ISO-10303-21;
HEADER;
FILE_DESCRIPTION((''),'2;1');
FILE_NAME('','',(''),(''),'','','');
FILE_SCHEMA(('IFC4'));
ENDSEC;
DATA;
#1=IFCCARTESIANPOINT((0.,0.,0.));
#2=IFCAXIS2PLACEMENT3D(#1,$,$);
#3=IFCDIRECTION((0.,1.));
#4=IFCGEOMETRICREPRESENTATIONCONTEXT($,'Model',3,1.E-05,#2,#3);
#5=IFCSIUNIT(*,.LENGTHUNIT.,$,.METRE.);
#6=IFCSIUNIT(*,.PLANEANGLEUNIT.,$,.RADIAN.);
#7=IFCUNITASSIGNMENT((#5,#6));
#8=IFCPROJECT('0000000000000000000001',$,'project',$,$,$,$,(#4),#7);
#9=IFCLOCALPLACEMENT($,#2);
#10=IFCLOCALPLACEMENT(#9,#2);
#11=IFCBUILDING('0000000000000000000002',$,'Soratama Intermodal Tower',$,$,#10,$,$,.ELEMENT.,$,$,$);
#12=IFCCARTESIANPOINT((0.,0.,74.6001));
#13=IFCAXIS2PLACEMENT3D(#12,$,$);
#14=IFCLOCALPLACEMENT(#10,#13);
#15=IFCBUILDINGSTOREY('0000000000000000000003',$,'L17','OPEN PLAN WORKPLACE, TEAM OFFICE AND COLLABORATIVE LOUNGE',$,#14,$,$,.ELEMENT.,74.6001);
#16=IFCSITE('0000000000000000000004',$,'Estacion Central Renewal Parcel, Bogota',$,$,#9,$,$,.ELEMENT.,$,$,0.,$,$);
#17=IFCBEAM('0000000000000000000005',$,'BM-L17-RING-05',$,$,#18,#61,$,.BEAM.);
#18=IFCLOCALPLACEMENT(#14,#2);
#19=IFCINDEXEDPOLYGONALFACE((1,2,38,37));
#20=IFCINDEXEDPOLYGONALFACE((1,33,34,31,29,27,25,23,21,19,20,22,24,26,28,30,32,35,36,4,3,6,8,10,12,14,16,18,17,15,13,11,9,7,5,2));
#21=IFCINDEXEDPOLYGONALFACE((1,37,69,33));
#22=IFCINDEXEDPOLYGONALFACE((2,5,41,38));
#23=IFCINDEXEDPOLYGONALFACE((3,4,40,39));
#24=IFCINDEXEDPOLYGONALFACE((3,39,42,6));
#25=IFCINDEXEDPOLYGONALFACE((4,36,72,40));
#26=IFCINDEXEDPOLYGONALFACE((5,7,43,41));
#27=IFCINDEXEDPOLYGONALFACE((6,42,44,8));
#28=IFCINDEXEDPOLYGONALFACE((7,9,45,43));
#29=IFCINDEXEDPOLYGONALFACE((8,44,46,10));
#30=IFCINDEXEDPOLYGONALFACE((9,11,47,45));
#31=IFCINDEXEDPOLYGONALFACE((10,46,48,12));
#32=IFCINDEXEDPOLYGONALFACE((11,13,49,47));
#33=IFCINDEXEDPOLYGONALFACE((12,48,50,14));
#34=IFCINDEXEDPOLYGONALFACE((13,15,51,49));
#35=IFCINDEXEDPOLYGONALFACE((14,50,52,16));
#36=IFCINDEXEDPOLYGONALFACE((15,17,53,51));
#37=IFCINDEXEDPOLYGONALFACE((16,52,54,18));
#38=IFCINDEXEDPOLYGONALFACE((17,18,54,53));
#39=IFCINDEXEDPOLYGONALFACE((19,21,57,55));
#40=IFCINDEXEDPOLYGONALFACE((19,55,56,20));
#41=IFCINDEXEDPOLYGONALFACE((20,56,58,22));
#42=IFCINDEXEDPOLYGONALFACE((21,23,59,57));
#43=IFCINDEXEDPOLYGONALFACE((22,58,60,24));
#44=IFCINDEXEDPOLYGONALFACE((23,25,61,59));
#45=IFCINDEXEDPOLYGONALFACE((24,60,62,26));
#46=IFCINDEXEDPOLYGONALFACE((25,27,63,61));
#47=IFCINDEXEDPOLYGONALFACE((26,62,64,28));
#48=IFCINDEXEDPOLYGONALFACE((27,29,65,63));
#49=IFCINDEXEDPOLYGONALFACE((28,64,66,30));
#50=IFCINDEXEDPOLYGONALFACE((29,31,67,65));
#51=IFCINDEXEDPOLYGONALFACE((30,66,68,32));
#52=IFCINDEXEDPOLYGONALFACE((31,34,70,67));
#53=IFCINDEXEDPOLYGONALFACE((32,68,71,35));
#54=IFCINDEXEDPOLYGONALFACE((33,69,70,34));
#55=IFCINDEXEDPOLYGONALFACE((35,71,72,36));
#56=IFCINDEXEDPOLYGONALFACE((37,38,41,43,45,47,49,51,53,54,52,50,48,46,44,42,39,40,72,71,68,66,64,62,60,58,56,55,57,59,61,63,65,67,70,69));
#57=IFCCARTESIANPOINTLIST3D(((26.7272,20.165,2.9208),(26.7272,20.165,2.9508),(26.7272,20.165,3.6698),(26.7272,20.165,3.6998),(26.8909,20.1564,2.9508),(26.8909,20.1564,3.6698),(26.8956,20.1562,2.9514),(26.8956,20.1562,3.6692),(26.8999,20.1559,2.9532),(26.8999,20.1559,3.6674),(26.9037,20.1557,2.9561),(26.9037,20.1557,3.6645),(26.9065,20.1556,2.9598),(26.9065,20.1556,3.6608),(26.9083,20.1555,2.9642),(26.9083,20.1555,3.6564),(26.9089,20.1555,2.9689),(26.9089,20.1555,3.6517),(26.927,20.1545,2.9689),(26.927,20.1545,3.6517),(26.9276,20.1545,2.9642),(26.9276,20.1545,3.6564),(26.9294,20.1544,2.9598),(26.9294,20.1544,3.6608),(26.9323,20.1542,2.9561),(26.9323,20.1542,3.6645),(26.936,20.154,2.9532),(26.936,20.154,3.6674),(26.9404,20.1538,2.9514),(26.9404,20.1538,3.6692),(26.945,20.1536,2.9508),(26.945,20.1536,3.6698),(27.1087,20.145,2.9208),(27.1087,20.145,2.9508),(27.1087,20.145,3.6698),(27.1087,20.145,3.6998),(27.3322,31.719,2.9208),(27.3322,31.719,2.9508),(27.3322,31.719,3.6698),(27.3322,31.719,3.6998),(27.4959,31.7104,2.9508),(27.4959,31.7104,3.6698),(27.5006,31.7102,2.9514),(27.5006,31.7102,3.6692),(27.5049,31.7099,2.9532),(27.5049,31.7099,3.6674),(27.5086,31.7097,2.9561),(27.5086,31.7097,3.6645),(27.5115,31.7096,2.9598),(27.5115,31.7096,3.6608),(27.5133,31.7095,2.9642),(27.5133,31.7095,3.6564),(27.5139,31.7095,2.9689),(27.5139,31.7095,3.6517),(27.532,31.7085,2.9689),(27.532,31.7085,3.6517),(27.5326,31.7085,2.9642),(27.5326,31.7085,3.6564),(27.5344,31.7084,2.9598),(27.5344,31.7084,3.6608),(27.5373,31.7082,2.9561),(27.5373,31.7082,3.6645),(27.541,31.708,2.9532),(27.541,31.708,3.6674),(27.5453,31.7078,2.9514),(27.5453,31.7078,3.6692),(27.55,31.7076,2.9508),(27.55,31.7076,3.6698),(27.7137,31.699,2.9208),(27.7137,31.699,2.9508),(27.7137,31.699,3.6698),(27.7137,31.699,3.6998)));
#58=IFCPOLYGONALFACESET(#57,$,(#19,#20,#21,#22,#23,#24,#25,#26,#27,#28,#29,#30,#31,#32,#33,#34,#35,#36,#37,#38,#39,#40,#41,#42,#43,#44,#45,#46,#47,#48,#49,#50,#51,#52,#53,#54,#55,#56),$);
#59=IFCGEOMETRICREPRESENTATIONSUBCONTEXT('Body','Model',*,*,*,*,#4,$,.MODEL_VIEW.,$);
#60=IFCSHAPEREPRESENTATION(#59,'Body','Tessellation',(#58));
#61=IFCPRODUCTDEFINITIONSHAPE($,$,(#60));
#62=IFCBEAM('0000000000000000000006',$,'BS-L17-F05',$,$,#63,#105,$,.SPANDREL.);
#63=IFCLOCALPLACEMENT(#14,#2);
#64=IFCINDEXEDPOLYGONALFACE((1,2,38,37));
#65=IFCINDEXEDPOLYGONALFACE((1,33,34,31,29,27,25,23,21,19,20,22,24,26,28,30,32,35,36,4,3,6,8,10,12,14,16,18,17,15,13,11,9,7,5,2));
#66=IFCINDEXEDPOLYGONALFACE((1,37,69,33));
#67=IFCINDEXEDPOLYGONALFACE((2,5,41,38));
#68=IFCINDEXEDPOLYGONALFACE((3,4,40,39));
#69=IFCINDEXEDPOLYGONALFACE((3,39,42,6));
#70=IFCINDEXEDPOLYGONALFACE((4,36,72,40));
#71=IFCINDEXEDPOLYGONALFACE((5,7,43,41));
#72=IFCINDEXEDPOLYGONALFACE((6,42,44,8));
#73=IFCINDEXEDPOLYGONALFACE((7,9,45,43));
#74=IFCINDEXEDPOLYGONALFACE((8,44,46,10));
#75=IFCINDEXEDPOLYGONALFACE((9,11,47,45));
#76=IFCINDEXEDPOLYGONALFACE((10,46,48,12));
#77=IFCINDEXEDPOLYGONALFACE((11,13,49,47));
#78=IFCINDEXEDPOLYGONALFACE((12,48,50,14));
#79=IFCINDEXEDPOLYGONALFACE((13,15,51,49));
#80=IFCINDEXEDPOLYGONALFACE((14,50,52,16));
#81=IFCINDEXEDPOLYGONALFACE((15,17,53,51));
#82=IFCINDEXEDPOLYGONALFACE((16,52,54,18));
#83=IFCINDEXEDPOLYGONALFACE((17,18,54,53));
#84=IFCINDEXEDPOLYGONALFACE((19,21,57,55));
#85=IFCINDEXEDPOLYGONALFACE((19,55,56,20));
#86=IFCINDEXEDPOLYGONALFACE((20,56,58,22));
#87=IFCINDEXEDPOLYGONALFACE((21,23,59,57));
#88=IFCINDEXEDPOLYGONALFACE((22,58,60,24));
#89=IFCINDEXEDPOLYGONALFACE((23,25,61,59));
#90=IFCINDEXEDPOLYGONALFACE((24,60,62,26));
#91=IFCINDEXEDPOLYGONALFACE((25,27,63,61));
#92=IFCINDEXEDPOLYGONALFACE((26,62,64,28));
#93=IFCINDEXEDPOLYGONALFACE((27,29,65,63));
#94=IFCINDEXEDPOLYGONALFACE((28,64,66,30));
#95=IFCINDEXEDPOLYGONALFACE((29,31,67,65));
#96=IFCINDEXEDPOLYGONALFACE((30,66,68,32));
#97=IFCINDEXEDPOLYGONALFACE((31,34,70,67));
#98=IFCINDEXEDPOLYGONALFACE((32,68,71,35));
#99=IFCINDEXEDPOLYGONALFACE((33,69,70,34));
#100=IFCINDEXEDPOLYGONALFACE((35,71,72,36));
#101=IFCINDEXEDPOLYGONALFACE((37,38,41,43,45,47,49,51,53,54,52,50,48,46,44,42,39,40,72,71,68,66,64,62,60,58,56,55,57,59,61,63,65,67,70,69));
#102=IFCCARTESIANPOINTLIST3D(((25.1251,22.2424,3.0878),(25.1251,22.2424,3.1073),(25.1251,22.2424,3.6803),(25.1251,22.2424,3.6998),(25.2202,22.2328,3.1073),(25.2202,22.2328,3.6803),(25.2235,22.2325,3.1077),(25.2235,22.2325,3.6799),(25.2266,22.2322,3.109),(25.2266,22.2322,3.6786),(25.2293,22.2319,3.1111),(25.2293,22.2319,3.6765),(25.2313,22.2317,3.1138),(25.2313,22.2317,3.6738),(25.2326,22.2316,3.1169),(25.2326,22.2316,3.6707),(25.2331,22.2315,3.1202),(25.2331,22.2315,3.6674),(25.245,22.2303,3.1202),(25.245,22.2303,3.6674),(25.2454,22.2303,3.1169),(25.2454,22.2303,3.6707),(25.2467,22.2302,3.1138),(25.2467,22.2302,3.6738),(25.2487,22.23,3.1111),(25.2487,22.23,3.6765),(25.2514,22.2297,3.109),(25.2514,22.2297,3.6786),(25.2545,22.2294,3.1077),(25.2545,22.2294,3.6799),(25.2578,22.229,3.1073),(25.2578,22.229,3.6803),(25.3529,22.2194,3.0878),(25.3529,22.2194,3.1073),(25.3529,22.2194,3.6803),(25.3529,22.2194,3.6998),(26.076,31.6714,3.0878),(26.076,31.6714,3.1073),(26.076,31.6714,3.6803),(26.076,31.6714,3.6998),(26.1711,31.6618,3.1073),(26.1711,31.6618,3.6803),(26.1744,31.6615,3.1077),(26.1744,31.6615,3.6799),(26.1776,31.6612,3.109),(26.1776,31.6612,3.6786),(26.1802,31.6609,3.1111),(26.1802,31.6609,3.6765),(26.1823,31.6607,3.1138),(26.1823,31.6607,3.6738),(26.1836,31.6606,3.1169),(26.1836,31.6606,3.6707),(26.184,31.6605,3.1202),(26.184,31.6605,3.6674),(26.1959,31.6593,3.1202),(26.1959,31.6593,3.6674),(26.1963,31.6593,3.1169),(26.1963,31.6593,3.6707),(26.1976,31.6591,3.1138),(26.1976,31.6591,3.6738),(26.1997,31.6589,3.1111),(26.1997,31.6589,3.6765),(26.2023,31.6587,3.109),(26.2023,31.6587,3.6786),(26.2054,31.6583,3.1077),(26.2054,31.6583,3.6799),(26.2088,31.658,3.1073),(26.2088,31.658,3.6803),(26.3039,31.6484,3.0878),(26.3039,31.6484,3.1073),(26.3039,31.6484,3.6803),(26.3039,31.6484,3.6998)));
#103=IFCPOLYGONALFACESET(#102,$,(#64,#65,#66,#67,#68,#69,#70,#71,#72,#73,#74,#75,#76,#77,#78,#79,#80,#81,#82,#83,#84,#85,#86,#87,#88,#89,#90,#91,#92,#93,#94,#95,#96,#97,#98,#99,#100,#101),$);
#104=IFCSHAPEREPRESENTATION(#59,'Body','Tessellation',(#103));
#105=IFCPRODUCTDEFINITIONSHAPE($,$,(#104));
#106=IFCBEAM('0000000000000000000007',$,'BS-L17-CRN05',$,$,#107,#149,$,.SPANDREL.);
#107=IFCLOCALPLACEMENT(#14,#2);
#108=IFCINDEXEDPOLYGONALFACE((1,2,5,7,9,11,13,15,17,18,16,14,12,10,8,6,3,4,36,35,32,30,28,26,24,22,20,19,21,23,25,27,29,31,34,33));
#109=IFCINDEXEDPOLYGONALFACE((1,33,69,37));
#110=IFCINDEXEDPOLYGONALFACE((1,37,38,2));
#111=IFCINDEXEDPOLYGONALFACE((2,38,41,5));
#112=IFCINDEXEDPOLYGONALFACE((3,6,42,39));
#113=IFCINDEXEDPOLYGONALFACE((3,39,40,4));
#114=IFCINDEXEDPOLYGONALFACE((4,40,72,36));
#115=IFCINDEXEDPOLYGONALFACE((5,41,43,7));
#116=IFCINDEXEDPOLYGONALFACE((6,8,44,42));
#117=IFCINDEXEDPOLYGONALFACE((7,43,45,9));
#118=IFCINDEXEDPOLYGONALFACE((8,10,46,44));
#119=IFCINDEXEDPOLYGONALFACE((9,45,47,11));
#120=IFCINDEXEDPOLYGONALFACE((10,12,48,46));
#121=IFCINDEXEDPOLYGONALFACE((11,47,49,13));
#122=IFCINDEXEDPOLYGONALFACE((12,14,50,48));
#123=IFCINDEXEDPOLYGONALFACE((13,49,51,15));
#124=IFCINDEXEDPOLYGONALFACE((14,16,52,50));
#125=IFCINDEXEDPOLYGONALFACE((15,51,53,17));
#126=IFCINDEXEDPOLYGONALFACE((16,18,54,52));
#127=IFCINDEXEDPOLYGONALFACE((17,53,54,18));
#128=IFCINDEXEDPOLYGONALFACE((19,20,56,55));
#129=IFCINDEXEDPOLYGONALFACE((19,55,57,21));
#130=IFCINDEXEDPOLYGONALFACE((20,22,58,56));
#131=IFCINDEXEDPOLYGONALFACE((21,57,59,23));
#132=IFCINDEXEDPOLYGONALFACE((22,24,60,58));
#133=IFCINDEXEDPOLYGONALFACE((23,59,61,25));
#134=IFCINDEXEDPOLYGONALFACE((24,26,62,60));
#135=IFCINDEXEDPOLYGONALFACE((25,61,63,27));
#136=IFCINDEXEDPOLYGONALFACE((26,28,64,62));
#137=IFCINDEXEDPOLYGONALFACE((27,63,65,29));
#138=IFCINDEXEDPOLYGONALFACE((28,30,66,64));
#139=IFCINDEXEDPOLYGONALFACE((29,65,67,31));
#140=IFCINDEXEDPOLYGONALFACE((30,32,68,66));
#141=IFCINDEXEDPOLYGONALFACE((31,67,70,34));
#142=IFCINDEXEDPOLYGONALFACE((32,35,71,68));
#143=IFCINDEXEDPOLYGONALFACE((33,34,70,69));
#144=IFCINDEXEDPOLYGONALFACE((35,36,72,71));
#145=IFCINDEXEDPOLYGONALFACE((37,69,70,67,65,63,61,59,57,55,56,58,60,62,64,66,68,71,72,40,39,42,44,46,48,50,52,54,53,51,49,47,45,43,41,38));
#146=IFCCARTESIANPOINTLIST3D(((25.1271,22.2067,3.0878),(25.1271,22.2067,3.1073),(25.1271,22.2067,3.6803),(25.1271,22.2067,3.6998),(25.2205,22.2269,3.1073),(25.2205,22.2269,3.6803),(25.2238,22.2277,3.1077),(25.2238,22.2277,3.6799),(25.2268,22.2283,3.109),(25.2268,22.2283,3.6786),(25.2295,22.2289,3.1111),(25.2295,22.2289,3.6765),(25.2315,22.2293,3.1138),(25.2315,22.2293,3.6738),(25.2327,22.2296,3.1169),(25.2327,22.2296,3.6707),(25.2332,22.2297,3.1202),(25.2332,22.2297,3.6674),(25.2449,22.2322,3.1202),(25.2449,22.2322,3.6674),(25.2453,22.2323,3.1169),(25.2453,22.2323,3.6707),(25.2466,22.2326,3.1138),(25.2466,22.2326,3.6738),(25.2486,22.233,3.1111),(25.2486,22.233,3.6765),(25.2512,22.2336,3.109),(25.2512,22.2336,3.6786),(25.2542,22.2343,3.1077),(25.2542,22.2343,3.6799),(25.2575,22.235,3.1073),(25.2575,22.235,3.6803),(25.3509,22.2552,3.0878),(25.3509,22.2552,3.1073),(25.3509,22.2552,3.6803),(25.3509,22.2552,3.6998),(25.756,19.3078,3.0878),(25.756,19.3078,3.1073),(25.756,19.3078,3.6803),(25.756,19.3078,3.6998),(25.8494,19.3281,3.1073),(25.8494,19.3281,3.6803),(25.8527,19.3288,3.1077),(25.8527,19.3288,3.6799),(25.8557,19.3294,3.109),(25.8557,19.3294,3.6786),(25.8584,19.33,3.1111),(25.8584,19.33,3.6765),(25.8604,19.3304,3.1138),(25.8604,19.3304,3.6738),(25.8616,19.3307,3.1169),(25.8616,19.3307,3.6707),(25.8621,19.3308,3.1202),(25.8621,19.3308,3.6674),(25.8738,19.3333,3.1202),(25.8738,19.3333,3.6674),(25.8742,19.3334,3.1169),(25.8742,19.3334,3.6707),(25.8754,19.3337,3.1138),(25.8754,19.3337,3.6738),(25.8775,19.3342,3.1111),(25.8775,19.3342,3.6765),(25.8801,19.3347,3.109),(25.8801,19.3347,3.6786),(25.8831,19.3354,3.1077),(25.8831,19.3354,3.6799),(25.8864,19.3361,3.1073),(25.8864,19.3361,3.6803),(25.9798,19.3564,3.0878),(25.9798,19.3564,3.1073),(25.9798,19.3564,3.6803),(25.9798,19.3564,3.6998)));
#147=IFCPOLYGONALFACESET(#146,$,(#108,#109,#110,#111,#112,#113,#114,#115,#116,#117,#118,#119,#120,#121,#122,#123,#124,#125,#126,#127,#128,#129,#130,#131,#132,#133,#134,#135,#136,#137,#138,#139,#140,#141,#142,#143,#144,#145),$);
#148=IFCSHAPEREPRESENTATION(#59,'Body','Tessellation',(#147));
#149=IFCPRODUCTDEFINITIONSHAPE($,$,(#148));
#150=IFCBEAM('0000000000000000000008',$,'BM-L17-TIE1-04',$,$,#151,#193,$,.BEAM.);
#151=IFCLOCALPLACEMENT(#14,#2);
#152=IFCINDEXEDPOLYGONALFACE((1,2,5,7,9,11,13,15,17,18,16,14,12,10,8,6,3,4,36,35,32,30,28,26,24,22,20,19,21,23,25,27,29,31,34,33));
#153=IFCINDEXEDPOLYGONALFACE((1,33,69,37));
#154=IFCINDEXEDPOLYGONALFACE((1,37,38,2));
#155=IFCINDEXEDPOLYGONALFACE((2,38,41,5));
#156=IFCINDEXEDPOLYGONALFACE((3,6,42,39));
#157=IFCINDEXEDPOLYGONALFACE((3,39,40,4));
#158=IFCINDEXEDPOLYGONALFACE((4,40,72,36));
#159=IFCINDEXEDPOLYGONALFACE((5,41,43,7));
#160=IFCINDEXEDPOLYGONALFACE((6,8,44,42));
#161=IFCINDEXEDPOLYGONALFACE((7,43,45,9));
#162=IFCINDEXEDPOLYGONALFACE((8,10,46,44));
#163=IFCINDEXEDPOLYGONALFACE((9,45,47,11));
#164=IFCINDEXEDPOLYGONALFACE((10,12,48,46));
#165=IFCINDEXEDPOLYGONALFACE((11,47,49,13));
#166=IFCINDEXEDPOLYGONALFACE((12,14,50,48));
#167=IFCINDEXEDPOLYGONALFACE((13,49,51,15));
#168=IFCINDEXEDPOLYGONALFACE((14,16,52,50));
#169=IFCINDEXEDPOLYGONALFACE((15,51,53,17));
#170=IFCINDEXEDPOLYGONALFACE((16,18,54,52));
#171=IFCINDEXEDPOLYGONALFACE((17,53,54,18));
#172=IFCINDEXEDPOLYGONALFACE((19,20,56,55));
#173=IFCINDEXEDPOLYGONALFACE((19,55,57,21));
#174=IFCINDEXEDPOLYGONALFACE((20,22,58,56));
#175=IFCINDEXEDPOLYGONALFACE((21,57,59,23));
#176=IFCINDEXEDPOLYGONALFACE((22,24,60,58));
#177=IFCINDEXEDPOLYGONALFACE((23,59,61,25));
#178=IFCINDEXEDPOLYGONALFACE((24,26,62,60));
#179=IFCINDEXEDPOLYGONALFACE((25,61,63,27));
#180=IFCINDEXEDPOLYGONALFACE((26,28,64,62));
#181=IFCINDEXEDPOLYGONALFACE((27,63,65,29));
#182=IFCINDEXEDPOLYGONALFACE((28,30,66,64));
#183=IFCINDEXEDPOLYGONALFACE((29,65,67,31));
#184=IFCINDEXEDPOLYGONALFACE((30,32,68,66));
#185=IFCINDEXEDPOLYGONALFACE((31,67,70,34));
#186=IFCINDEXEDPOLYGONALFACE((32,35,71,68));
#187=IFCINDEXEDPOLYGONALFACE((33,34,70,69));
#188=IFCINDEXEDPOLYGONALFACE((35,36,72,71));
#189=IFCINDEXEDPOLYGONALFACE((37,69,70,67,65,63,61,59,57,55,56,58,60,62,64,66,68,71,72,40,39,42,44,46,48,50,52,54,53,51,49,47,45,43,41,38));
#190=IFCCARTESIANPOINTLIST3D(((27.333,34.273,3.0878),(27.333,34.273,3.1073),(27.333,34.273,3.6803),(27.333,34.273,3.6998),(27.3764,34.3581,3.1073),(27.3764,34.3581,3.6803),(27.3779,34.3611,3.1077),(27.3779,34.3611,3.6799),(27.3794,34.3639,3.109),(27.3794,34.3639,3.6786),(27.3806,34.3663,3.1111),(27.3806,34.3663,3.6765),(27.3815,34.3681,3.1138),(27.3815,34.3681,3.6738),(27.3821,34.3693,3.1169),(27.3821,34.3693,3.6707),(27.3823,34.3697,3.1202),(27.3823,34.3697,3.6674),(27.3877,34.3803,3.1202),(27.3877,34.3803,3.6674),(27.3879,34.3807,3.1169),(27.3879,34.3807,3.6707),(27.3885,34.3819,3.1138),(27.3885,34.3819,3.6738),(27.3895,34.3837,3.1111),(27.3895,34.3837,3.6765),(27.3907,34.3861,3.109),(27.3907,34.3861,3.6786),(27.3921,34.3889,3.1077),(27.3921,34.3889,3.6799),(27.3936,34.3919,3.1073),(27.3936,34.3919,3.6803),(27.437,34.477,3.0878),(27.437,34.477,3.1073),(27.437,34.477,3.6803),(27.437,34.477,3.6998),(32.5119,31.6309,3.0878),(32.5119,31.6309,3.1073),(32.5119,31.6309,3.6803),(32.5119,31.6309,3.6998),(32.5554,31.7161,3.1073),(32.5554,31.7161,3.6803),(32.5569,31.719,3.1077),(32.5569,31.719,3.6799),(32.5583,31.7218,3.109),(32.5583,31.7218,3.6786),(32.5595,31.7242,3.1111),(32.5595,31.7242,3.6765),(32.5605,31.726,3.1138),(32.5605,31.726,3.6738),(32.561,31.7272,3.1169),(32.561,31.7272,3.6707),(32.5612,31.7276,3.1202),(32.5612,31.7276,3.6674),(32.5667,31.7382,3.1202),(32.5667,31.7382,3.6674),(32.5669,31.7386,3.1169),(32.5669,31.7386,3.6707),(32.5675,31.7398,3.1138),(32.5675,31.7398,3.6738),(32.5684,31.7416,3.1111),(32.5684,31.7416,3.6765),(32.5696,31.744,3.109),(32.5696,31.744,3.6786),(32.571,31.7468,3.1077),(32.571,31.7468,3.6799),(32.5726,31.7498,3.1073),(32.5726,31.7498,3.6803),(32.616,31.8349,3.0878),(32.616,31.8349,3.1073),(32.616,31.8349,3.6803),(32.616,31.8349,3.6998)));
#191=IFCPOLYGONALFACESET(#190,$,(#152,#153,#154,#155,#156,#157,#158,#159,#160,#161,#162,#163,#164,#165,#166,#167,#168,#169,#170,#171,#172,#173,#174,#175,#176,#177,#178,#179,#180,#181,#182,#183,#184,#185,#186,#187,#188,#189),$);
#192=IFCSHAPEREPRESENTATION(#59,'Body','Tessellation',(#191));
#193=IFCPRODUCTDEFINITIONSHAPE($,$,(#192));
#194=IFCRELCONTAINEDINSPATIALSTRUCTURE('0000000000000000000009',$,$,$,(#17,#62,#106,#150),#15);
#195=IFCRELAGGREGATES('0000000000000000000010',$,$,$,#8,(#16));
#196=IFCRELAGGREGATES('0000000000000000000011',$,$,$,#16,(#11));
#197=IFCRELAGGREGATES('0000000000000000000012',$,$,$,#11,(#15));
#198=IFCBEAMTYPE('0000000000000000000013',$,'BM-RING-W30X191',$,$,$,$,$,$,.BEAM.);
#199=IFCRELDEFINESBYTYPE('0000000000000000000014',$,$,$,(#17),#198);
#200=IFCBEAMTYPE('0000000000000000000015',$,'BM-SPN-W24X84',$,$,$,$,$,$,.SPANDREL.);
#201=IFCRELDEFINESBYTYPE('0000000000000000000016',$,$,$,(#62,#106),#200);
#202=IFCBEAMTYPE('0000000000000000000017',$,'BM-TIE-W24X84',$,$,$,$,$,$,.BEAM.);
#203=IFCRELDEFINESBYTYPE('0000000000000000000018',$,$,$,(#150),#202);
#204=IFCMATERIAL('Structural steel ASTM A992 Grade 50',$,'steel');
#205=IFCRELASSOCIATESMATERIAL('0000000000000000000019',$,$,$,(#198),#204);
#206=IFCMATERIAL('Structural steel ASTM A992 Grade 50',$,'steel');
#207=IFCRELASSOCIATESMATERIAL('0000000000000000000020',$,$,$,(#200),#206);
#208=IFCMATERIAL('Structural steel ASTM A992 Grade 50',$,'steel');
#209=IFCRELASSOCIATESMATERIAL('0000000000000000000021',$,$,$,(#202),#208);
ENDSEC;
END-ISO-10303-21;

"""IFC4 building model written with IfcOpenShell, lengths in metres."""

from ifc_helpers import new_model, si_unit, direction, frame, origin, origin_2d, place, context, subcontext, project, spatial, i_section, extrude, material, material_profile, profile_set, type_object, element, save


model = new_model("IFC4")

# Units and contexts
model_context = context("Model", 3, precision=1e-05, world=origin(), true_north=direction((0.0, 1.0)))
body_context = subcontext(model_context, "Body", "Model", "MODEL_VIEW")
ifc_project = project(units=[si_unit("LENGTHUNIT", "METRE"), si_unit("PLANEANGLEUNIT", "RADIAN")], contexts=[model_context])

# Site, building, storey
site_placement = place(None, origin())
site = spatial("IfcSite", under=ifc_project, at=site_placement, Name="Estacion Central Renewal Parcel, Bogota", CompositionType="ELEMENT", RefElevation=0.0)
building_placement = place(site_placement, origin())
building = spatial("IfcBuilding", under=site, at=building_placement, Name="Soratama Intermodal Tower", CompositionType="ELEMENT")
storey_placement = place(building_placement, frame((0.0, 0.0, 74.6001)))
storey = spatial("IfcBuildingStorey", under=building, at=storey_placement, Name="L17", Description="OPEN PLAN WORKPLACE, TEAM OFFICE AND COLLABORATIVE LOUNGE", CompositionType="ELEMENT", Elevation=74.6001)

# Beams
ifc_material_1 = material(Name="Structural steel ASTM A992 Grade 50", Category="steel")
ifc_material_profile_1 = material_profile(ifc_material_1, i_section(OverallWidth=0.3821, OverallDepth=0.7791, WebThickness=0.0181, FlangeThickness=0.03, FilletRadius=0.0181, at=origin_2d()), Name="W30X191")
ifc_profile_set_1 = profile_set([ifc_material_profile_1], Name="Structural steel ASTM A992 Grade 50")
beam_type_1 = type_object("IfcBeamType", Name="BM-RING-W30X191", PredefinedType="BEAM", material=ifc_profile_set_1)
beam_1_placement = place(storey_placement, frame((27.5229, 31.709, 3.3103), z_axis=(-0.05229, -0.998632, 0.0), x_axis=(0.998632, -0.05229, 0.0)))
element("IfcBeam", 1, at=beam_1_placement, inside=storey, type_object=beam_type_1, Name="BM-L17-RING-05", PredefinedType="BEAM", context=body_context, shape_type="SweptSolid", body=[
    extrude(i_section(OverallWidth=0.3821, OverallDepth=0.7791, WebThickness=0.0181, FlangeThickness=0.03, FilletRadius=0.0181, at=origin_2d()), origin(), (0.0, 0.0, 1.0), 11.5698),
])
ifc_material_2 = material(Name="Structural steel ASTM A992 Grade 50", Category="steel")
ifc_material_profile_2 = material_profile(ifc_material_2, i_section(OverallWidth=0.229, OverallDepth=0.6121, WebThickness=0.012, FlangeThickness=0.0195, FilletRadius=0.0129, at=origin_2d()), Name="W24X84")
ifc_profile_set_2 = profile_set([ifc_material_profile_2], Name="Structural steel ASTM A992 Grade 50")
beam_type_2 = type_object("IfcBeamType", Name="BM-SPN-W24X84", PredefinedType="SPANDREL", material=ifc_profile_set_2)
beam_2_placement = place(storey_placement, frame((26.1899, 31.6599, 3.3938), z_axis=(-0.100343, -0.994953, 0.0), x_axis=(0.994953, -0.100343, 0.0)))
element("IfcBeam", 2, at=beam_2_placement, inside=storey, type_object=beam_type_2, Name="BS-L17-F05", PredefinedType="SPANDREL", context=body_context, shape_type="SweptSolid", body=[
    extrude(i_section(OverallWidth=0.229, OverallDepth=0.6121, WebThickness=0.012, FlangeThickness=0.0195, FilletRadius=0.0129, at=origin_2d()), origin(), (0.0, 0.0, 1.0), 9.4768),
])
beam_3_placement = place(storey_placement, frame((25.239, 22.231, 3.3938), z_axis=(0.212013, -0.977267, 0.0), x_axis=(0.977267, 0.212013, 0.0)))
element("IfcBeam", 3, at=beam_3_placement, inside=storey, type_object=beam_type_2, Name="BS-L17-CRN05", PredefinedType="SPANDREL", context=body_context, shape_type="SweptSolid", body=[
    extrude(i_section(OverallWidth=0.229, OverallDepth=0.6121, WebThickness=0.012, FlangeThickness=0.0195, FilletRadius=0.0129, at=origin_2d()), origin(), (0.0, 0.0, 1.0), 2.9663),
])
ifc_material_3 = material(Name="Structural steel ASTM A992 Grade 50", Category="steel")
ifc_material_profile_3 = material_profile(ifc_material_3, i_section(OverallWidth=0.229, OverallDepth=0.6121, WebThickness=0.012, FlangeThickness=0.0195, FilletRadius=0.0129, at=origin_2d()), Name="W24X84")
ifc_profile_set_3 = profile_set([ifc_material_profile_3], Name="Structural steel ASTM A992 Grade 50")
beam_type_3 = type_object("IfcBeamType", Name="BM-TIE-W24X84", PredefinedType="BEAM", material=ifc_profile_set_3)
beam_4_placement = place(storey_placement, frame((32.564, 31.7329, 3.3938), z_axis=(-0.890778, 0.454438, 0.0), x_axis=(-0.454438, -0.890778, 0.0)))
element("IfcBeam", 4, at=beam_4_placement, inside=storey, type_object=beam_type_3, Name="BM-L17-TIE1-04", PredefinedType="BEAM", context=body_context, shape_type="SweptSolid", body=[
    extrude(i_section(OverallWidth=0.229, OverallDepth=0.6121, WebThickness=0.012, FlangeThickness=0.0195, FilletRadius=0.0129, at=origin_2d()), origin(), (0.0, 0.0, 1.0), 5.814),
])

save(model, "model.ifc")
